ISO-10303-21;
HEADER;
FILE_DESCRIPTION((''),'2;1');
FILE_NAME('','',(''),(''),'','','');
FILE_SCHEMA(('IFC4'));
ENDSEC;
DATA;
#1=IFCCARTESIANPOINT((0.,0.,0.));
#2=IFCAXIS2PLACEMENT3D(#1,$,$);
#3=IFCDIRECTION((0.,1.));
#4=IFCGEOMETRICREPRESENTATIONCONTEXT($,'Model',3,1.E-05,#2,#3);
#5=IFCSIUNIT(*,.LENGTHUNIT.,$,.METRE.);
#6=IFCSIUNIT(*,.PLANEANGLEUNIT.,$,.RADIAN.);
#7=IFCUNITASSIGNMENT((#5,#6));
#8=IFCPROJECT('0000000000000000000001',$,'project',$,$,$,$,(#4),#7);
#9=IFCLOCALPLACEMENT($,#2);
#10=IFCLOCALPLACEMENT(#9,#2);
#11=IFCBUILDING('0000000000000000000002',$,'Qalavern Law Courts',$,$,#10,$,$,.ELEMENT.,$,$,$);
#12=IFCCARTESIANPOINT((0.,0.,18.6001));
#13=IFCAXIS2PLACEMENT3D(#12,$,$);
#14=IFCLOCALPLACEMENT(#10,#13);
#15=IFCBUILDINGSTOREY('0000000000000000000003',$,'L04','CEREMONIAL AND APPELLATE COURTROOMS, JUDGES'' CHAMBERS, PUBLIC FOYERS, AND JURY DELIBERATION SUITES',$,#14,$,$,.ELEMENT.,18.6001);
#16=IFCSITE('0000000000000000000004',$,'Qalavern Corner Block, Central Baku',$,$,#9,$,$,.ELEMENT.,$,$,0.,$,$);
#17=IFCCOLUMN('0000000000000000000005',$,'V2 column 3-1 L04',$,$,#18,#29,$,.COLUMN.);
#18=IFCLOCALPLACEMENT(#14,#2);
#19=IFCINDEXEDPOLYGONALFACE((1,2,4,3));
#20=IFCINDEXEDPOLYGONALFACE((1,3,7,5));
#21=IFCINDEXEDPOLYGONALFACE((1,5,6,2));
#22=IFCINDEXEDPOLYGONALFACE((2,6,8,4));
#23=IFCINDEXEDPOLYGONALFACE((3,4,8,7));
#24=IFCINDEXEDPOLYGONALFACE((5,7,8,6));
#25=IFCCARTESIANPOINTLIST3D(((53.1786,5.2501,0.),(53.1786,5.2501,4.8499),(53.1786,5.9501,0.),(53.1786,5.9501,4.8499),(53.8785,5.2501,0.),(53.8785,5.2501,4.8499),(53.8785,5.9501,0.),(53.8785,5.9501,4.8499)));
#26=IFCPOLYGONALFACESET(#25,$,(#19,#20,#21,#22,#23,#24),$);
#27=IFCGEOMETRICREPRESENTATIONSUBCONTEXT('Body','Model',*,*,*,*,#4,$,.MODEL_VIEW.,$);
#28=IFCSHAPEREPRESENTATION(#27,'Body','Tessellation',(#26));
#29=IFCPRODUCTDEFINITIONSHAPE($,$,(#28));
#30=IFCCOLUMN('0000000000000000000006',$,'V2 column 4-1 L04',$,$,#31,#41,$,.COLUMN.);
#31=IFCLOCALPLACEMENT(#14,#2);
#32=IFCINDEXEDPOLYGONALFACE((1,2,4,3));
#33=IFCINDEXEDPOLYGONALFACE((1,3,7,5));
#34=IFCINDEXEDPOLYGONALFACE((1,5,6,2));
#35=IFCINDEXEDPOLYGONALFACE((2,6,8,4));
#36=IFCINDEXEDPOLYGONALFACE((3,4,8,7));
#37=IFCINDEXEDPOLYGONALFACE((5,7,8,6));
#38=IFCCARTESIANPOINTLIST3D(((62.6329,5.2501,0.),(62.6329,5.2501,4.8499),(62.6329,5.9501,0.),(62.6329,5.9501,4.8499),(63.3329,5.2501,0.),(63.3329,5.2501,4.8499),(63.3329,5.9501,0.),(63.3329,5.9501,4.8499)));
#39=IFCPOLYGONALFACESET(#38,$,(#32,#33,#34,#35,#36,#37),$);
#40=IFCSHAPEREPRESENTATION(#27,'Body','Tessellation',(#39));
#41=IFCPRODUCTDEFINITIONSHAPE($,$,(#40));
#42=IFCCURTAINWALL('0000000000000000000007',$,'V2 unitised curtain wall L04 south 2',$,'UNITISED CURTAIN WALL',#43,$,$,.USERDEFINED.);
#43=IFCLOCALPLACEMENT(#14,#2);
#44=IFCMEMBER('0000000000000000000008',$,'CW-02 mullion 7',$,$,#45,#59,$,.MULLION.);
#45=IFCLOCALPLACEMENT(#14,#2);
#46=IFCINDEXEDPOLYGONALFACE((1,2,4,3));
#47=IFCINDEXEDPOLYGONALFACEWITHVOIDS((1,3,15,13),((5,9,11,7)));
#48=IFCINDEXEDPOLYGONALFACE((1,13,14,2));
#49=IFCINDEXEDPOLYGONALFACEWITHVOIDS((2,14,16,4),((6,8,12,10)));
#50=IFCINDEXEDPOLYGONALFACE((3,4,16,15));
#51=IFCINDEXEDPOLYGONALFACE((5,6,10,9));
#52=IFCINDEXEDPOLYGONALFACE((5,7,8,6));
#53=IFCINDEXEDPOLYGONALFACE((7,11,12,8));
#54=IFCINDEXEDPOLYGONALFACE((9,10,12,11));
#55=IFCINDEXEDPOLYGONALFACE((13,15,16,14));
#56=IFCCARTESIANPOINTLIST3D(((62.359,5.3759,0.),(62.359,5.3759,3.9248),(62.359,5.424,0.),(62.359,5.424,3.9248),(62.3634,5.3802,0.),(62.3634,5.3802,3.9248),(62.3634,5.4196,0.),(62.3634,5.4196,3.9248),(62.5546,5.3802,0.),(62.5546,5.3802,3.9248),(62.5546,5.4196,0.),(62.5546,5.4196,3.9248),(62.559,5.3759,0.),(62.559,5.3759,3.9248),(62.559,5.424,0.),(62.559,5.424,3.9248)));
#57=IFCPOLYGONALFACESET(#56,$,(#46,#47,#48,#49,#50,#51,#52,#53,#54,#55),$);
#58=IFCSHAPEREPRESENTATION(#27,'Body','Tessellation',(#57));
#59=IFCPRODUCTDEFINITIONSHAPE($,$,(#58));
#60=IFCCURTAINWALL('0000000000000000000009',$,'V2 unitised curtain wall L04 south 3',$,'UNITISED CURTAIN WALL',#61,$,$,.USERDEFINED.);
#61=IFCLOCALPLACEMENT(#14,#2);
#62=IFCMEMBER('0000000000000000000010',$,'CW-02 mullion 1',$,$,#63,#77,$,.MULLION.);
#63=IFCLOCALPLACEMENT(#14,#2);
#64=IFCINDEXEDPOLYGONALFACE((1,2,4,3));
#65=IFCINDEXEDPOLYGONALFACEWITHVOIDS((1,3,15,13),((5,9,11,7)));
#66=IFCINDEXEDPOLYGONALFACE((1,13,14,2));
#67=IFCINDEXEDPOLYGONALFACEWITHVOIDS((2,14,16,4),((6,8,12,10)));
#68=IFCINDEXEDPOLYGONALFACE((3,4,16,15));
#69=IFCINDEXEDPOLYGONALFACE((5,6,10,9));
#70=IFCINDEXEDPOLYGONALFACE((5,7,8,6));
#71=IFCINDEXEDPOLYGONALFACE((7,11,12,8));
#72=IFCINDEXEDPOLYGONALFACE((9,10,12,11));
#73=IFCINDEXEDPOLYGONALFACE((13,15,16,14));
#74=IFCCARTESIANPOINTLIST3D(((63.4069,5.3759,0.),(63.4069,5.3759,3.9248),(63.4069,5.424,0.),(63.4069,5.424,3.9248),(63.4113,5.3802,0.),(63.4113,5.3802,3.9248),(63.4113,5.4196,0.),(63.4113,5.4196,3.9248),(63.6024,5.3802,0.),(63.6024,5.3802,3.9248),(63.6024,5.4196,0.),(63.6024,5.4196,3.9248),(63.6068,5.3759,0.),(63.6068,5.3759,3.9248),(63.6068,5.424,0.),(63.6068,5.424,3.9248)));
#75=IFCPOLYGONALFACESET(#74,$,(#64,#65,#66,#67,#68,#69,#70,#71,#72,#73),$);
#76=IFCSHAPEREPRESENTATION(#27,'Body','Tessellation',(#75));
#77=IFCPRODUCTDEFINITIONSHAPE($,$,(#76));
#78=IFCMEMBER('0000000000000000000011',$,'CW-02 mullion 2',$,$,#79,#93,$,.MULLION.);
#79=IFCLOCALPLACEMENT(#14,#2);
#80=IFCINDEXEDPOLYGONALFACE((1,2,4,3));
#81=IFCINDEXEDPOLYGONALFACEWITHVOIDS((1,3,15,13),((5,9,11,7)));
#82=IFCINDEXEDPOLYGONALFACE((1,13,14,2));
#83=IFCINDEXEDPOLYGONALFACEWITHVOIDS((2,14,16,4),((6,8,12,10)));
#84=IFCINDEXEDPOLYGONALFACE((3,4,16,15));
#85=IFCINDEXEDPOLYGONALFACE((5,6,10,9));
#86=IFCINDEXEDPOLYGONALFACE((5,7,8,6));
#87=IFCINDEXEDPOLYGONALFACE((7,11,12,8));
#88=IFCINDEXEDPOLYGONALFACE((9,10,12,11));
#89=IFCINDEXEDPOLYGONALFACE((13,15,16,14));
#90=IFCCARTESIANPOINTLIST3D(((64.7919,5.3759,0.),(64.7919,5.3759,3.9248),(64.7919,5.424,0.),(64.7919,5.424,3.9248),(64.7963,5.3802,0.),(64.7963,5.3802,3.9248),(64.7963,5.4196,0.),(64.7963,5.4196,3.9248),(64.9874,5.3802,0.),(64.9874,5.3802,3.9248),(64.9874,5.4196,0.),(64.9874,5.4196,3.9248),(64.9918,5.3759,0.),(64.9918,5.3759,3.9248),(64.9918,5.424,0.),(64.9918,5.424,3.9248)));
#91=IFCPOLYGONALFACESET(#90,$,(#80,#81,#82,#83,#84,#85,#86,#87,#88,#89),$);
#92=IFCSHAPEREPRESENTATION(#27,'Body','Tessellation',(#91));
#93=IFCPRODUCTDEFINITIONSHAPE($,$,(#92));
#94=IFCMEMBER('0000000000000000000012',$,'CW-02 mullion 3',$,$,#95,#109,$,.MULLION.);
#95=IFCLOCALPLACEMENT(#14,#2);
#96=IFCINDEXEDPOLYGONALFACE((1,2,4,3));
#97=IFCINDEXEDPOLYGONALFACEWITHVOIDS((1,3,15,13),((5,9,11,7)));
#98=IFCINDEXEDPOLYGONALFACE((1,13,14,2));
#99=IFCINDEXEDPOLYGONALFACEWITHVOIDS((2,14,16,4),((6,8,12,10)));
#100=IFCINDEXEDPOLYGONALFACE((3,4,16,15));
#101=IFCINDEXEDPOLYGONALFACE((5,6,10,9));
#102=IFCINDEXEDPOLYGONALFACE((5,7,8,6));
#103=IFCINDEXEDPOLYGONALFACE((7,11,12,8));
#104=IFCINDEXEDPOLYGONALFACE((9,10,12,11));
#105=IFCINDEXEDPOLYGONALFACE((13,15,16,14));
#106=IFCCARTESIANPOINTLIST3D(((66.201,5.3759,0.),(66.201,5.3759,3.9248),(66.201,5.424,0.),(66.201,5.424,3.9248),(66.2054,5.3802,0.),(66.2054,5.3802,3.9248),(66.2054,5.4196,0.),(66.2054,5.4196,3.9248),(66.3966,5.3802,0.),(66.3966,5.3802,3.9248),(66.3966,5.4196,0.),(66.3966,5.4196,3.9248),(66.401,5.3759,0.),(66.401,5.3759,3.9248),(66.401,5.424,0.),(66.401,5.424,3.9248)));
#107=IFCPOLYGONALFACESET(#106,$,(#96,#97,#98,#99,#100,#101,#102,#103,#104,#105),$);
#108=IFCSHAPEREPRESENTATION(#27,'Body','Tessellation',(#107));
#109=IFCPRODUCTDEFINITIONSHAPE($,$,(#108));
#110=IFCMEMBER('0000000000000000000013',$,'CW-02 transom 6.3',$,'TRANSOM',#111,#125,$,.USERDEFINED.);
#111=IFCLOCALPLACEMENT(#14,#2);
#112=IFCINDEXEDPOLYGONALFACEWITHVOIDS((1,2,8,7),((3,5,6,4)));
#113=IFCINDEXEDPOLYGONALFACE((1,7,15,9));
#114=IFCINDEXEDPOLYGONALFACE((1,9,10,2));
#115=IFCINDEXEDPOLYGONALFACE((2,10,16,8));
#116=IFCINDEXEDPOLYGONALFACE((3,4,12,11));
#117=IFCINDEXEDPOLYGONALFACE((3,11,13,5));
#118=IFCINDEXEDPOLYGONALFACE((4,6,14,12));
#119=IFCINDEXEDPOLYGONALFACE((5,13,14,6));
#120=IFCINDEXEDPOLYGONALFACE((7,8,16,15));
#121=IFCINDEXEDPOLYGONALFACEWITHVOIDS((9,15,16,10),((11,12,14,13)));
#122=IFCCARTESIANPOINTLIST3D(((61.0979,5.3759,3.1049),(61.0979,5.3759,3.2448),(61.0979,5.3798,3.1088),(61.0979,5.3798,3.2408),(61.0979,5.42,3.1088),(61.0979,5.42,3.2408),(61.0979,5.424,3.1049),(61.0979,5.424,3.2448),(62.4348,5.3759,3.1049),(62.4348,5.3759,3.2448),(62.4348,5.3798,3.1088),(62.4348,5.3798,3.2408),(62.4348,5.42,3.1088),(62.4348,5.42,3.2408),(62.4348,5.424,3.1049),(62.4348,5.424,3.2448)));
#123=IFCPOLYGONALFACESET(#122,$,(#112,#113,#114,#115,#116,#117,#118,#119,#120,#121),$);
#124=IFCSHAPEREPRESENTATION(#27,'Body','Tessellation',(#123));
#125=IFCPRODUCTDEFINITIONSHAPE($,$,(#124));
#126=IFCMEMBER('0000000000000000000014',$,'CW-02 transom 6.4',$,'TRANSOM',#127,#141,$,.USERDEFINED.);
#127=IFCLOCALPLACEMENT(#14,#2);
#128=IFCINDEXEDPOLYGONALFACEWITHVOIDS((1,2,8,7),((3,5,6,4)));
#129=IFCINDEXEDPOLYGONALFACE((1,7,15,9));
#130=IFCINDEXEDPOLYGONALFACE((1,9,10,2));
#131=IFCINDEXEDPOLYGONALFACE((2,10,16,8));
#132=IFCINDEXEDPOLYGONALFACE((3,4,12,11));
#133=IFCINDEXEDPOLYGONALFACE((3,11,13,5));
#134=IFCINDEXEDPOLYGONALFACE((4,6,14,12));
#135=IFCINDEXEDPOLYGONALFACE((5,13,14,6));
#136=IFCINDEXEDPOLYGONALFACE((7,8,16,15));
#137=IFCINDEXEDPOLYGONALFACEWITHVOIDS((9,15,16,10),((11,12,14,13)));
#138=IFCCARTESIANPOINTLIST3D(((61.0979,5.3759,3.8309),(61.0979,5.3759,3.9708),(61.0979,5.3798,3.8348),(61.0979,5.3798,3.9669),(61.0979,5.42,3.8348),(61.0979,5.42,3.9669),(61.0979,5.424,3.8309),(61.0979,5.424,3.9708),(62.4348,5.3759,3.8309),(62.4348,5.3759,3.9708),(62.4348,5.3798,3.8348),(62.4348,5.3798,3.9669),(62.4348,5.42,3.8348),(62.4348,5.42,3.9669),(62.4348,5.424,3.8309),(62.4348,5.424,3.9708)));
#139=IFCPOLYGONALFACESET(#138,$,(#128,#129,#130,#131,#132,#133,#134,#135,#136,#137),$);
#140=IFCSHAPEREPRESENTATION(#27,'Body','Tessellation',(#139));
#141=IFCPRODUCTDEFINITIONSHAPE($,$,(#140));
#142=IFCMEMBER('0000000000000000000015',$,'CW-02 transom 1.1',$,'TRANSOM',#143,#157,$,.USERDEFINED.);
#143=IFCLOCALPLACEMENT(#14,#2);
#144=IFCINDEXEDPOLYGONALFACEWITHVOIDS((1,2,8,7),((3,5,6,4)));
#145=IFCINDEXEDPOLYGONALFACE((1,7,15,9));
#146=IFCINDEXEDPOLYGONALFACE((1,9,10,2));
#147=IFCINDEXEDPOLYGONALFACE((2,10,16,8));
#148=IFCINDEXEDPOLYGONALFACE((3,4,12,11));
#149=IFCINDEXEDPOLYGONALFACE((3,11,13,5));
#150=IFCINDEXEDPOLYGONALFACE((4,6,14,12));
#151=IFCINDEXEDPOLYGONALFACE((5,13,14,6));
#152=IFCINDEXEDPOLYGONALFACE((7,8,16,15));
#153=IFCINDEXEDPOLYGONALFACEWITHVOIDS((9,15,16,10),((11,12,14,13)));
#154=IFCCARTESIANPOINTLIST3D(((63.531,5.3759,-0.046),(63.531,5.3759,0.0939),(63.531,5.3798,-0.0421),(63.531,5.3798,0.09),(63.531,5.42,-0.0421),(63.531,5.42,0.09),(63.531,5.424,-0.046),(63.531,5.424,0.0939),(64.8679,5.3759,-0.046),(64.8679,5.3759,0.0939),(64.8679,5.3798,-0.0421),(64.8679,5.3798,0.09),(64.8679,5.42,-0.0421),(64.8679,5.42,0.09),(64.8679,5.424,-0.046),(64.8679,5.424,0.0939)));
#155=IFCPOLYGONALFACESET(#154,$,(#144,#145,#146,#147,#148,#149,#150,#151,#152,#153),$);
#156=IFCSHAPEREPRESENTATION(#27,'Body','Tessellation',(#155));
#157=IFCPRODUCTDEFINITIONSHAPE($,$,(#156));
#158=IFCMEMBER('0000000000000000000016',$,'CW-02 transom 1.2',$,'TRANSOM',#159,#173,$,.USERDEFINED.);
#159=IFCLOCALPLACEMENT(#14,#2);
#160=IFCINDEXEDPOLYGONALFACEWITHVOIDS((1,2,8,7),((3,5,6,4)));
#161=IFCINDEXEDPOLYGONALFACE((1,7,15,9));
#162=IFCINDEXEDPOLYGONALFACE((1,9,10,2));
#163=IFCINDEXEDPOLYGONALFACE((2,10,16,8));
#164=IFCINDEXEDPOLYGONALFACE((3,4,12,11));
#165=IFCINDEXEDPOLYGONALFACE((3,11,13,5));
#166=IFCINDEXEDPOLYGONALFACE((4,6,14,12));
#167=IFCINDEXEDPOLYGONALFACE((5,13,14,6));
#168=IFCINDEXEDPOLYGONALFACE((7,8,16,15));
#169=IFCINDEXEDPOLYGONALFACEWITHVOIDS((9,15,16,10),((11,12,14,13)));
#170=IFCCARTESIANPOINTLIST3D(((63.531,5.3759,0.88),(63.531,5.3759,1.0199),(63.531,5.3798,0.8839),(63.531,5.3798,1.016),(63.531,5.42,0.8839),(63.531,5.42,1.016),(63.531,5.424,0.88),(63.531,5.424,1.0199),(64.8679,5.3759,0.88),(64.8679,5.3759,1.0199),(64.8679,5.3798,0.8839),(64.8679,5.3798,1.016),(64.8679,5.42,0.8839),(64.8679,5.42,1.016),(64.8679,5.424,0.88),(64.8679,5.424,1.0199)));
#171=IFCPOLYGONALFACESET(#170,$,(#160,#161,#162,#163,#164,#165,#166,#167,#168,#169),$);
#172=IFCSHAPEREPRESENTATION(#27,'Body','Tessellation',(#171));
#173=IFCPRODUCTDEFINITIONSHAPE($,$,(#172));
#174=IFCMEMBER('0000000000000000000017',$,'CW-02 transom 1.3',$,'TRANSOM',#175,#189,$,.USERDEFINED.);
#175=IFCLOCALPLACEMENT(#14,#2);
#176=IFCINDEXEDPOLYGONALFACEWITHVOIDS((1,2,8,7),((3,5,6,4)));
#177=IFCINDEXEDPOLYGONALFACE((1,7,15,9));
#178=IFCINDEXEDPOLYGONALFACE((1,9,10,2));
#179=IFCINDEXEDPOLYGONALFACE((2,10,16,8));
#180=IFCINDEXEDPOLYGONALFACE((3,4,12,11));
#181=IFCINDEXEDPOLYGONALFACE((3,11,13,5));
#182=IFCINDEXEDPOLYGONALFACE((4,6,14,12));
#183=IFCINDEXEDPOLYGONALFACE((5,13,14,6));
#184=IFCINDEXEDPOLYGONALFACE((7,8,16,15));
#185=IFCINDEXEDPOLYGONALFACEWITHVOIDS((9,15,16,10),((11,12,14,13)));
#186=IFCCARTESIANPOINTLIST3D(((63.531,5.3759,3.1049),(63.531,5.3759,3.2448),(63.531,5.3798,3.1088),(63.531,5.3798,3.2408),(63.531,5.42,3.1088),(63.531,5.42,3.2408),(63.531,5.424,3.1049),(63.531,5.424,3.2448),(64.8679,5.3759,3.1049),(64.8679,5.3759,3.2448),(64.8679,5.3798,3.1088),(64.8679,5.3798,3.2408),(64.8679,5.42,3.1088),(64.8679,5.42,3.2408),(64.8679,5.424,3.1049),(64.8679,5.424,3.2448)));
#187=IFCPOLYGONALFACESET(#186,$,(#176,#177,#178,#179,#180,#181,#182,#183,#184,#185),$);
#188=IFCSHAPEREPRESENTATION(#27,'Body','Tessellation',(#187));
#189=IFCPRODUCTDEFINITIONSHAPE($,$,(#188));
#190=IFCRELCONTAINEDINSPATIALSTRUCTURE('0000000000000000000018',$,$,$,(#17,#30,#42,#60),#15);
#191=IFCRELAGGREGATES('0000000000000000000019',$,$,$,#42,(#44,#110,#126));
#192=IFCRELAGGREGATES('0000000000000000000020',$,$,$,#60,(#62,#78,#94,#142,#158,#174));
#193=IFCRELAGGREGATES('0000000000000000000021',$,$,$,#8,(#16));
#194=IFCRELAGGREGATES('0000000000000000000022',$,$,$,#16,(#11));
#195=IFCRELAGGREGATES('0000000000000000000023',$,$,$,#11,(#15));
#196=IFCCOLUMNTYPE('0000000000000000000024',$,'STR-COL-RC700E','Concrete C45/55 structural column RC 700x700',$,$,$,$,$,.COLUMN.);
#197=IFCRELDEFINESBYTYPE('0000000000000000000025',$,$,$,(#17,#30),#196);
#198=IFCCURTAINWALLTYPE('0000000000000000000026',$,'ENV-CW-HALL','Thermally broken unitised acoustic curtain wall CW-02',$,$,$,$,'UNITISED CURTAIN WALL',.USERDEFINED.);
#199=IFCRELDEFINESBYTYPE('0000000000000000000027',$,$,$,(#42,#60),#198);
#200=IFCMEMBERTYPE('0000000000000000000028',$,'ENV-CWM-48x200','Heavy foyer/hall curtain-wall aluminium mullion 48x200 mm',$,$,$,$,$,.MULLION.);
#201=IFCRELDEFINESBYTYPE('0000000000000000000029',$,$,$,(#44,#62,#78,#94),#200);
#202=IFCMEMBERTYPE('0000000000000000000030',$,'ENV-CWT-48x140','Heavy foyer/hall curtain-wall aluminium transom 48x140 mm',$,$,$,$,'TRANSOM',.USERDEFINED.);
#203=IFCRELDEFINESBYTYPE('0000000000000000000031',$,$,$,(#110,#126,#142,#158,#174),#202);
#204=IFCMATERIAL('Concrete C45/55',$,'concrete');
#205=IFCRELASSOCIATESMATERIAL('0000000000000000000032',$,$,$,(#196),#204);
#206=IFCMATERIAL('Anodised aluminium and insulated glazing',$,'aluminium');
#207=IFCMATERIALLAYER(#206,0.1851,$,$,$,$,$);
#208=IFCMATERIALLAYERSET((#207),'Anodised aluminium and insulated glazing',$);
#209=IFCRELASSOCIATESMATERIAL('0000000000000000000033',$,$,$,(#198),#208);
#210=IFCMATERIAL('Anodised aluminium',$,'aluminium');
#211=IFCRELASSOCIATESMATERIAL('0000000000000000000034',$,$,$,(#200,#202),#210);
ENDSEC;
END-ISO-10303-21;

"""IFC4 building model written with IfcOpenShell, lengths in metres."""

from ifc_helpers import new_model, si_unit, direction, frame, origin, origin_2d, place, context, subcontext, project, spatial, rectangle, hollow_rectangle, extrude, material, layer, layer_set, material_profile, profile_set, type_object, element, aggregate, save


model = new_model("IFC4")

# Units and contexts
model_context = context("Model", 3, precision=1e-05, world=origin(), true_north=direction((0.0, 1.0)))
body_context = subcontext(model_context, "Body", "Model", "MODEL_VIEW")
ifc_project = project(units=[si_unit("LENGTHUNIT", "METRE"), si_unit("PLANEANGLEUNIT", "RADIAN")], contexts=[model_context])

# Site, building, storey
site_placement = place(None, origin())
site = spatial("IfcSite", under=ifc_project, at=site_placement, Name="Qalavern Corner Block, Central Baku", CompositionType="ELEMENT", RefElevation=0.0)
building_placement = place(site_placement, origin())
building = spatial("IfcBuilding", under=site, at=building_placement, Name="Qalavern Law Courts", CompositionType="ELEMENT")
storey_placement = place(building_placement, frame((0.0, 0.0, 18.6001)))
storey = spatial("IfcBuildingStorey", under=building, at=storey_placement, Name="L04", Description="CEREMONIAL AND APPELLATE COURTROOMS, JUDGES' CHAMBERS, PUBLIC FOYERS, AND JURY DELIBERATION SUITES", CompositionType="ELEMENT", Elevation=18.6001)

# Columns
ifc_material_1 = material(Name="Concrete C45/55", Category="concrete")
ifc_material_profile_1 = material_profile(ifc_material_1, rectangle(XDim=0.7, YDim=0.7, at=origin_2d()), Name="RC 700x700")
ifc_profile_set_1 = profile_set([ifc_material_profile_1], Name="Concrete C45/55")
column_type = type_object("IfcColumnType", Name="STR-COL-RC700E", Description="Concrete C45/55 structural column RC 700x700", PredefinedType="COLUMN", material=ifc_profile_set_1)
for number, where, z_axis, x_axis, name in (
    (1, (53.5286, 5.6001, 0.0), (0.0, 0.0, 1.0), (1.0, 0.0, 0.0), "V2 column 3-1 L04"),
    (2, (62.9829, 5.6001, 0.0), (0.0, 0.0, 1.0), (1.0, 0.0, 0.0), "V2 column 4-1 L04"),
):
    element("IfcColumn", number, at=place(storey_placement, frame(where, z_axis=z_axis, x_axis=x_axis)), inside=storey, type_object=column_type, Name=name, PredefinedType="COLUMN", context=body_context, shape_type="SweptSolid", body=[
        extrude(rectangle(XDim=0.7, YDim=0.7, at=origin_2d()), origin(), (0.0, 0.0, 1.0), 4.8499),
    ])

# Curtain wall, member
ifc_material_2 = material(Name="Anodised aluminium and insulated glazing", Category="aluminium")
ifc_layer_1 = layer(ifc_material_2, 0.1851)
ifc_layer_set_1 = layer_set([ifc_layer_1], Name="Anodised aluminium and insulated glazing")
curtain_wall_type = type_object("IfcCurtainWallType", Name="ENV-CW-HALL", Description="Thermally broken unitised acoustic curtain wall CW-02", ElementType="UNITISED CURTAIN WALL", PredefinedType="USERDEFINED", material=ifc_layer_set_1)
curtain_wall_1_placement = place(storey_placement, origin())
curtain_wall_1 = element("IfcCurtainWall", 3, at=curtain_wall_1_placement, inside=storey, type_object=curtain_wall_type, Name="V2 unitised curtain wall L04 south 2", ObjectType="UNITISED CURTAIN WALL", PredefinedType="USERDEFINED")
ifc_material_3 = material(Name="Anodised aluminium", Category="aluminium")
ifc_material_profile_2 = material_profile(ifc_material_3, hollow_rectangle(XDim=0.0481, YDim=0.2, WallThickness=0.0044, at=origin_2d()), Name="ALU MULLION 48x200")
ifc_profile_set_2 = profile_set([ifc_material_profile_2], Name="Anodised aluminium")
member_type_1 = type_object("IfcMemberType", Name="ENV-CWM-48x200", Description="Heavy foyer/hall curtain-wall aluminium mullion 48x200 mm", PredefinedType="MULLION", material=ifc_profile_set_2)
member_1_placement = place(storey_placement, frame((62.459, 5.3999, 0.0), z_axis=(0.0, 0.0, 1.0), x_axis=(0.0, 1.0, 0.0)))
member_1 = element("IfcMember", 4, at=member_1_placement, type_object=member_type_1, Name="CW-02 mullion 7", PredefinedType="MULLION", context=body_context, shape_type="SweptSolid", body=[
    extrude(hollow_rectangle(XDim=0.0481, YDim=0.2, WallThickness=0.0044, at=origin_2d()), origin(), (0.0, 0.0, 1.0), 3.9248),
])

# Curtain wall, members
curtain_wall_2_placement = place(storey_placement, origin())
curtain_wall_2 = element("IfcCurtainWall", 5, at=curtain_wall_2_placement, inside=storey, type_object=curtain_wall_type, Name="V2 unitised curtain wall L04 south 3", ObjectType="UNITISED CURTAIN WALL", PredefinedType="USERDEFINED")
member_2_placement = place(storey_placement, frame((63.5068, 5.3999, 0.0), z_axis=(0.0, 0.0, 1.0), x_axis=(0.0, 1.0, 0.0)))
member_2 = element("IfcMember", 6, at=member_2_placement, type_object=member_type_1, Name="CW-02 mullion 1", PredefinedType="MULLION", context=body_context, shape_type="SweptSolid", body=[
    extrude(hollow_rectangle(XDim=0.0481, YDim=0.2, WallThickness=0.0044, at=origin_2d()), origin(), (0.0, 0.0, 1.0), 3.9248),
])
member_3_placement = place(storey_placement, frame((64.8918, 5.3999, 0.0), z_axis=(0.0, 0.0, 1.0), x_axis=(0.0, 1.0, 0.0)))
member_3 = element("IfcMember", 7, at=member_3_placement, type_object=member_type_1, Name="CW-02 mullion 2", PredefinedType="MULLION", context=body_context, shape_type="SweptSolid", body=[
    extrude(hollow_rectangle(XDim=0.0481, YDim=0.2, WallThickness=0.0044, at=origin_2d()), origin(), (0.0, 0.0, 1.0), 3.9248),
])
member_4_placement = place(storey_placement, frame((66.301, 5.3999, 0.0), z_axis=(0.0, 0.0, 1.0), x_axis=(0.0, 1.0, 0.0)))
member_4 = element("IfcMember", 8, at=member_4_placement, type_object=member_type_1, Name="CW-02 mullion 3", PredefinedType="MULLION", context=body_context, shape_type="SweptSolid", body=[
    extrude(hollow_rectangle(XDim=0.0481, YDim=0.2, WallThickness=0.0044, at=origin_2d()), origin(), (0.0, 0.0, 1.0), 3.9248),
])

# Members
ifc_material_profile_3 = material_profile(ifc_material_3, hollow_rectangle(XDim=0.0481, YDim=0.1399, WallThickness=0.0039, at=origin_2d()), Name="ALU TRANSOM 48x140")
ifc_profile_set_3 = profile_set([ifc_material_profile_3], Name="Anodised aluminium")
member_type_2 = type_object("IfcMemberType", Name="ENV-CWT-48x140", Description="Heavy foyer/hall curtain-wall aluminium transom 48x140 mm", ElementType="TRANSOM", PredefinedType="USERDEFINED", material=ifc_profile_set_3)
member_5_placement = place(storey_placement, frame((61.0979, 5.3999, 3.1748), z_axis=(1.0, 0.0, 0.0), x_axis=(0.0, 1.0, 0.0)))
member_5 = element("IfcMember", 9, at=member_5_placement, type_object=member_type_2, Name="CW-02 transom 6.3", ObjectType="TRANSOM", PredefinedType="USERDEFINED", context=body_context, shape_type="SweptSolid", body=[
    extrude(hollow_rectangle(XDim=0.0481, YDim=0.1399, WallThickness=0.0039, at=origin_2d()), origin(), (0.0, 0.0, 1.0), 1.3369),
])
member_6_placement = place(storey_placement, frame((61.0979, 5.3999, 3.9009), z_axis=(1.0, 0.0, 0.0), x_axis=(0.0, 1.0, 0.0)))
member_6 = element("IfcMember", 10, at=member_6_placement, type_object=member_type_2, Name="CW-02 transom 6.4", ObjectType="TRANSOM", PredefinedType="USERDEFINED", context=body_context, shape_type="SweptSolid", body=[
    extrude(hollow_rectangle(XDim=0.0481, YDim=0.1399, WallThickness=0.0039, at=origin_2d()), origin(), (0.0, 0.0, 1.0), 1.3369),
])
member_7_placement = place(storey_placement, frame((63.531, 5.3999, 0.0239), z_axis=(1.0, 0.0, 0.0), x_axis=(0.0, 1.0, 0.0)))
member_7 = element("IfcMember", 11, at=member_7_placement, type_object=member_type_2, Name="CW-02 transom 1.1", ObjectType="TRANSOM", PredefinedType="USERDEFINED", context=body_context, shape_type="SweptSolid", body=[
    extrude(hollow_rectangle(XDim=0.0481, YDim=0.1399, WallThickness=0.0039, at=origin_2d()), origin(), (0.0, 0.0, 1.0), 1.3369),
])
member_8_placement = place(storey_placement, frame((63.531, 5.3999, 0.95), z_axis=(1.0, 0.0, 0.0), x_axis=(0.0, 1.0, 0.0)))
member_8 = element("IfcMember", 12, at=member_8_placement, type_object=member_type_2, Name="CW-02 transom 1.2", ObjectType="TRANSOM", PredefinedType="USERDEFINED", context=body_context, shape_type="SweptSolid", body=[
    extrude(hollow_rectangle(XDim=0.0481, YDim=0.1399, WallThickness=0.0039, at=origin_2d()), origin(), (0.0, 0.0, 1.0), 1.3369),
])
member_9_placement = place(storey_placement, frame((63.531, 5.3999, 3.1748), z_axis=(1.0, 0.0, 0.0), x_axis=(0.0, 1.0, 0.0)))
member_9 = element("IfcMember", 13, at=member_9_placement, type_object=member_type_2, Name="CW-02 transom 1.3", ObjectType="TRANSOM", PredefinedType="USERDEFINED", context=body_context, shape_type="SweptSolid", body=[
    extrude(hollow_rectangle(XDim=0.0481, YDim=0.1399, WallThickness=0.0039, at=origin_2d()), origin(), (0.0, 0.0, 1.0), 1.3369),
])

aggregate(curtain_wall_1, [member_1, member_5, member_6])
aggregate(curtain_wall_2, [member_2, member_3, member_4, member_7, member_8, member_9])

save(model, "model.ifc")
